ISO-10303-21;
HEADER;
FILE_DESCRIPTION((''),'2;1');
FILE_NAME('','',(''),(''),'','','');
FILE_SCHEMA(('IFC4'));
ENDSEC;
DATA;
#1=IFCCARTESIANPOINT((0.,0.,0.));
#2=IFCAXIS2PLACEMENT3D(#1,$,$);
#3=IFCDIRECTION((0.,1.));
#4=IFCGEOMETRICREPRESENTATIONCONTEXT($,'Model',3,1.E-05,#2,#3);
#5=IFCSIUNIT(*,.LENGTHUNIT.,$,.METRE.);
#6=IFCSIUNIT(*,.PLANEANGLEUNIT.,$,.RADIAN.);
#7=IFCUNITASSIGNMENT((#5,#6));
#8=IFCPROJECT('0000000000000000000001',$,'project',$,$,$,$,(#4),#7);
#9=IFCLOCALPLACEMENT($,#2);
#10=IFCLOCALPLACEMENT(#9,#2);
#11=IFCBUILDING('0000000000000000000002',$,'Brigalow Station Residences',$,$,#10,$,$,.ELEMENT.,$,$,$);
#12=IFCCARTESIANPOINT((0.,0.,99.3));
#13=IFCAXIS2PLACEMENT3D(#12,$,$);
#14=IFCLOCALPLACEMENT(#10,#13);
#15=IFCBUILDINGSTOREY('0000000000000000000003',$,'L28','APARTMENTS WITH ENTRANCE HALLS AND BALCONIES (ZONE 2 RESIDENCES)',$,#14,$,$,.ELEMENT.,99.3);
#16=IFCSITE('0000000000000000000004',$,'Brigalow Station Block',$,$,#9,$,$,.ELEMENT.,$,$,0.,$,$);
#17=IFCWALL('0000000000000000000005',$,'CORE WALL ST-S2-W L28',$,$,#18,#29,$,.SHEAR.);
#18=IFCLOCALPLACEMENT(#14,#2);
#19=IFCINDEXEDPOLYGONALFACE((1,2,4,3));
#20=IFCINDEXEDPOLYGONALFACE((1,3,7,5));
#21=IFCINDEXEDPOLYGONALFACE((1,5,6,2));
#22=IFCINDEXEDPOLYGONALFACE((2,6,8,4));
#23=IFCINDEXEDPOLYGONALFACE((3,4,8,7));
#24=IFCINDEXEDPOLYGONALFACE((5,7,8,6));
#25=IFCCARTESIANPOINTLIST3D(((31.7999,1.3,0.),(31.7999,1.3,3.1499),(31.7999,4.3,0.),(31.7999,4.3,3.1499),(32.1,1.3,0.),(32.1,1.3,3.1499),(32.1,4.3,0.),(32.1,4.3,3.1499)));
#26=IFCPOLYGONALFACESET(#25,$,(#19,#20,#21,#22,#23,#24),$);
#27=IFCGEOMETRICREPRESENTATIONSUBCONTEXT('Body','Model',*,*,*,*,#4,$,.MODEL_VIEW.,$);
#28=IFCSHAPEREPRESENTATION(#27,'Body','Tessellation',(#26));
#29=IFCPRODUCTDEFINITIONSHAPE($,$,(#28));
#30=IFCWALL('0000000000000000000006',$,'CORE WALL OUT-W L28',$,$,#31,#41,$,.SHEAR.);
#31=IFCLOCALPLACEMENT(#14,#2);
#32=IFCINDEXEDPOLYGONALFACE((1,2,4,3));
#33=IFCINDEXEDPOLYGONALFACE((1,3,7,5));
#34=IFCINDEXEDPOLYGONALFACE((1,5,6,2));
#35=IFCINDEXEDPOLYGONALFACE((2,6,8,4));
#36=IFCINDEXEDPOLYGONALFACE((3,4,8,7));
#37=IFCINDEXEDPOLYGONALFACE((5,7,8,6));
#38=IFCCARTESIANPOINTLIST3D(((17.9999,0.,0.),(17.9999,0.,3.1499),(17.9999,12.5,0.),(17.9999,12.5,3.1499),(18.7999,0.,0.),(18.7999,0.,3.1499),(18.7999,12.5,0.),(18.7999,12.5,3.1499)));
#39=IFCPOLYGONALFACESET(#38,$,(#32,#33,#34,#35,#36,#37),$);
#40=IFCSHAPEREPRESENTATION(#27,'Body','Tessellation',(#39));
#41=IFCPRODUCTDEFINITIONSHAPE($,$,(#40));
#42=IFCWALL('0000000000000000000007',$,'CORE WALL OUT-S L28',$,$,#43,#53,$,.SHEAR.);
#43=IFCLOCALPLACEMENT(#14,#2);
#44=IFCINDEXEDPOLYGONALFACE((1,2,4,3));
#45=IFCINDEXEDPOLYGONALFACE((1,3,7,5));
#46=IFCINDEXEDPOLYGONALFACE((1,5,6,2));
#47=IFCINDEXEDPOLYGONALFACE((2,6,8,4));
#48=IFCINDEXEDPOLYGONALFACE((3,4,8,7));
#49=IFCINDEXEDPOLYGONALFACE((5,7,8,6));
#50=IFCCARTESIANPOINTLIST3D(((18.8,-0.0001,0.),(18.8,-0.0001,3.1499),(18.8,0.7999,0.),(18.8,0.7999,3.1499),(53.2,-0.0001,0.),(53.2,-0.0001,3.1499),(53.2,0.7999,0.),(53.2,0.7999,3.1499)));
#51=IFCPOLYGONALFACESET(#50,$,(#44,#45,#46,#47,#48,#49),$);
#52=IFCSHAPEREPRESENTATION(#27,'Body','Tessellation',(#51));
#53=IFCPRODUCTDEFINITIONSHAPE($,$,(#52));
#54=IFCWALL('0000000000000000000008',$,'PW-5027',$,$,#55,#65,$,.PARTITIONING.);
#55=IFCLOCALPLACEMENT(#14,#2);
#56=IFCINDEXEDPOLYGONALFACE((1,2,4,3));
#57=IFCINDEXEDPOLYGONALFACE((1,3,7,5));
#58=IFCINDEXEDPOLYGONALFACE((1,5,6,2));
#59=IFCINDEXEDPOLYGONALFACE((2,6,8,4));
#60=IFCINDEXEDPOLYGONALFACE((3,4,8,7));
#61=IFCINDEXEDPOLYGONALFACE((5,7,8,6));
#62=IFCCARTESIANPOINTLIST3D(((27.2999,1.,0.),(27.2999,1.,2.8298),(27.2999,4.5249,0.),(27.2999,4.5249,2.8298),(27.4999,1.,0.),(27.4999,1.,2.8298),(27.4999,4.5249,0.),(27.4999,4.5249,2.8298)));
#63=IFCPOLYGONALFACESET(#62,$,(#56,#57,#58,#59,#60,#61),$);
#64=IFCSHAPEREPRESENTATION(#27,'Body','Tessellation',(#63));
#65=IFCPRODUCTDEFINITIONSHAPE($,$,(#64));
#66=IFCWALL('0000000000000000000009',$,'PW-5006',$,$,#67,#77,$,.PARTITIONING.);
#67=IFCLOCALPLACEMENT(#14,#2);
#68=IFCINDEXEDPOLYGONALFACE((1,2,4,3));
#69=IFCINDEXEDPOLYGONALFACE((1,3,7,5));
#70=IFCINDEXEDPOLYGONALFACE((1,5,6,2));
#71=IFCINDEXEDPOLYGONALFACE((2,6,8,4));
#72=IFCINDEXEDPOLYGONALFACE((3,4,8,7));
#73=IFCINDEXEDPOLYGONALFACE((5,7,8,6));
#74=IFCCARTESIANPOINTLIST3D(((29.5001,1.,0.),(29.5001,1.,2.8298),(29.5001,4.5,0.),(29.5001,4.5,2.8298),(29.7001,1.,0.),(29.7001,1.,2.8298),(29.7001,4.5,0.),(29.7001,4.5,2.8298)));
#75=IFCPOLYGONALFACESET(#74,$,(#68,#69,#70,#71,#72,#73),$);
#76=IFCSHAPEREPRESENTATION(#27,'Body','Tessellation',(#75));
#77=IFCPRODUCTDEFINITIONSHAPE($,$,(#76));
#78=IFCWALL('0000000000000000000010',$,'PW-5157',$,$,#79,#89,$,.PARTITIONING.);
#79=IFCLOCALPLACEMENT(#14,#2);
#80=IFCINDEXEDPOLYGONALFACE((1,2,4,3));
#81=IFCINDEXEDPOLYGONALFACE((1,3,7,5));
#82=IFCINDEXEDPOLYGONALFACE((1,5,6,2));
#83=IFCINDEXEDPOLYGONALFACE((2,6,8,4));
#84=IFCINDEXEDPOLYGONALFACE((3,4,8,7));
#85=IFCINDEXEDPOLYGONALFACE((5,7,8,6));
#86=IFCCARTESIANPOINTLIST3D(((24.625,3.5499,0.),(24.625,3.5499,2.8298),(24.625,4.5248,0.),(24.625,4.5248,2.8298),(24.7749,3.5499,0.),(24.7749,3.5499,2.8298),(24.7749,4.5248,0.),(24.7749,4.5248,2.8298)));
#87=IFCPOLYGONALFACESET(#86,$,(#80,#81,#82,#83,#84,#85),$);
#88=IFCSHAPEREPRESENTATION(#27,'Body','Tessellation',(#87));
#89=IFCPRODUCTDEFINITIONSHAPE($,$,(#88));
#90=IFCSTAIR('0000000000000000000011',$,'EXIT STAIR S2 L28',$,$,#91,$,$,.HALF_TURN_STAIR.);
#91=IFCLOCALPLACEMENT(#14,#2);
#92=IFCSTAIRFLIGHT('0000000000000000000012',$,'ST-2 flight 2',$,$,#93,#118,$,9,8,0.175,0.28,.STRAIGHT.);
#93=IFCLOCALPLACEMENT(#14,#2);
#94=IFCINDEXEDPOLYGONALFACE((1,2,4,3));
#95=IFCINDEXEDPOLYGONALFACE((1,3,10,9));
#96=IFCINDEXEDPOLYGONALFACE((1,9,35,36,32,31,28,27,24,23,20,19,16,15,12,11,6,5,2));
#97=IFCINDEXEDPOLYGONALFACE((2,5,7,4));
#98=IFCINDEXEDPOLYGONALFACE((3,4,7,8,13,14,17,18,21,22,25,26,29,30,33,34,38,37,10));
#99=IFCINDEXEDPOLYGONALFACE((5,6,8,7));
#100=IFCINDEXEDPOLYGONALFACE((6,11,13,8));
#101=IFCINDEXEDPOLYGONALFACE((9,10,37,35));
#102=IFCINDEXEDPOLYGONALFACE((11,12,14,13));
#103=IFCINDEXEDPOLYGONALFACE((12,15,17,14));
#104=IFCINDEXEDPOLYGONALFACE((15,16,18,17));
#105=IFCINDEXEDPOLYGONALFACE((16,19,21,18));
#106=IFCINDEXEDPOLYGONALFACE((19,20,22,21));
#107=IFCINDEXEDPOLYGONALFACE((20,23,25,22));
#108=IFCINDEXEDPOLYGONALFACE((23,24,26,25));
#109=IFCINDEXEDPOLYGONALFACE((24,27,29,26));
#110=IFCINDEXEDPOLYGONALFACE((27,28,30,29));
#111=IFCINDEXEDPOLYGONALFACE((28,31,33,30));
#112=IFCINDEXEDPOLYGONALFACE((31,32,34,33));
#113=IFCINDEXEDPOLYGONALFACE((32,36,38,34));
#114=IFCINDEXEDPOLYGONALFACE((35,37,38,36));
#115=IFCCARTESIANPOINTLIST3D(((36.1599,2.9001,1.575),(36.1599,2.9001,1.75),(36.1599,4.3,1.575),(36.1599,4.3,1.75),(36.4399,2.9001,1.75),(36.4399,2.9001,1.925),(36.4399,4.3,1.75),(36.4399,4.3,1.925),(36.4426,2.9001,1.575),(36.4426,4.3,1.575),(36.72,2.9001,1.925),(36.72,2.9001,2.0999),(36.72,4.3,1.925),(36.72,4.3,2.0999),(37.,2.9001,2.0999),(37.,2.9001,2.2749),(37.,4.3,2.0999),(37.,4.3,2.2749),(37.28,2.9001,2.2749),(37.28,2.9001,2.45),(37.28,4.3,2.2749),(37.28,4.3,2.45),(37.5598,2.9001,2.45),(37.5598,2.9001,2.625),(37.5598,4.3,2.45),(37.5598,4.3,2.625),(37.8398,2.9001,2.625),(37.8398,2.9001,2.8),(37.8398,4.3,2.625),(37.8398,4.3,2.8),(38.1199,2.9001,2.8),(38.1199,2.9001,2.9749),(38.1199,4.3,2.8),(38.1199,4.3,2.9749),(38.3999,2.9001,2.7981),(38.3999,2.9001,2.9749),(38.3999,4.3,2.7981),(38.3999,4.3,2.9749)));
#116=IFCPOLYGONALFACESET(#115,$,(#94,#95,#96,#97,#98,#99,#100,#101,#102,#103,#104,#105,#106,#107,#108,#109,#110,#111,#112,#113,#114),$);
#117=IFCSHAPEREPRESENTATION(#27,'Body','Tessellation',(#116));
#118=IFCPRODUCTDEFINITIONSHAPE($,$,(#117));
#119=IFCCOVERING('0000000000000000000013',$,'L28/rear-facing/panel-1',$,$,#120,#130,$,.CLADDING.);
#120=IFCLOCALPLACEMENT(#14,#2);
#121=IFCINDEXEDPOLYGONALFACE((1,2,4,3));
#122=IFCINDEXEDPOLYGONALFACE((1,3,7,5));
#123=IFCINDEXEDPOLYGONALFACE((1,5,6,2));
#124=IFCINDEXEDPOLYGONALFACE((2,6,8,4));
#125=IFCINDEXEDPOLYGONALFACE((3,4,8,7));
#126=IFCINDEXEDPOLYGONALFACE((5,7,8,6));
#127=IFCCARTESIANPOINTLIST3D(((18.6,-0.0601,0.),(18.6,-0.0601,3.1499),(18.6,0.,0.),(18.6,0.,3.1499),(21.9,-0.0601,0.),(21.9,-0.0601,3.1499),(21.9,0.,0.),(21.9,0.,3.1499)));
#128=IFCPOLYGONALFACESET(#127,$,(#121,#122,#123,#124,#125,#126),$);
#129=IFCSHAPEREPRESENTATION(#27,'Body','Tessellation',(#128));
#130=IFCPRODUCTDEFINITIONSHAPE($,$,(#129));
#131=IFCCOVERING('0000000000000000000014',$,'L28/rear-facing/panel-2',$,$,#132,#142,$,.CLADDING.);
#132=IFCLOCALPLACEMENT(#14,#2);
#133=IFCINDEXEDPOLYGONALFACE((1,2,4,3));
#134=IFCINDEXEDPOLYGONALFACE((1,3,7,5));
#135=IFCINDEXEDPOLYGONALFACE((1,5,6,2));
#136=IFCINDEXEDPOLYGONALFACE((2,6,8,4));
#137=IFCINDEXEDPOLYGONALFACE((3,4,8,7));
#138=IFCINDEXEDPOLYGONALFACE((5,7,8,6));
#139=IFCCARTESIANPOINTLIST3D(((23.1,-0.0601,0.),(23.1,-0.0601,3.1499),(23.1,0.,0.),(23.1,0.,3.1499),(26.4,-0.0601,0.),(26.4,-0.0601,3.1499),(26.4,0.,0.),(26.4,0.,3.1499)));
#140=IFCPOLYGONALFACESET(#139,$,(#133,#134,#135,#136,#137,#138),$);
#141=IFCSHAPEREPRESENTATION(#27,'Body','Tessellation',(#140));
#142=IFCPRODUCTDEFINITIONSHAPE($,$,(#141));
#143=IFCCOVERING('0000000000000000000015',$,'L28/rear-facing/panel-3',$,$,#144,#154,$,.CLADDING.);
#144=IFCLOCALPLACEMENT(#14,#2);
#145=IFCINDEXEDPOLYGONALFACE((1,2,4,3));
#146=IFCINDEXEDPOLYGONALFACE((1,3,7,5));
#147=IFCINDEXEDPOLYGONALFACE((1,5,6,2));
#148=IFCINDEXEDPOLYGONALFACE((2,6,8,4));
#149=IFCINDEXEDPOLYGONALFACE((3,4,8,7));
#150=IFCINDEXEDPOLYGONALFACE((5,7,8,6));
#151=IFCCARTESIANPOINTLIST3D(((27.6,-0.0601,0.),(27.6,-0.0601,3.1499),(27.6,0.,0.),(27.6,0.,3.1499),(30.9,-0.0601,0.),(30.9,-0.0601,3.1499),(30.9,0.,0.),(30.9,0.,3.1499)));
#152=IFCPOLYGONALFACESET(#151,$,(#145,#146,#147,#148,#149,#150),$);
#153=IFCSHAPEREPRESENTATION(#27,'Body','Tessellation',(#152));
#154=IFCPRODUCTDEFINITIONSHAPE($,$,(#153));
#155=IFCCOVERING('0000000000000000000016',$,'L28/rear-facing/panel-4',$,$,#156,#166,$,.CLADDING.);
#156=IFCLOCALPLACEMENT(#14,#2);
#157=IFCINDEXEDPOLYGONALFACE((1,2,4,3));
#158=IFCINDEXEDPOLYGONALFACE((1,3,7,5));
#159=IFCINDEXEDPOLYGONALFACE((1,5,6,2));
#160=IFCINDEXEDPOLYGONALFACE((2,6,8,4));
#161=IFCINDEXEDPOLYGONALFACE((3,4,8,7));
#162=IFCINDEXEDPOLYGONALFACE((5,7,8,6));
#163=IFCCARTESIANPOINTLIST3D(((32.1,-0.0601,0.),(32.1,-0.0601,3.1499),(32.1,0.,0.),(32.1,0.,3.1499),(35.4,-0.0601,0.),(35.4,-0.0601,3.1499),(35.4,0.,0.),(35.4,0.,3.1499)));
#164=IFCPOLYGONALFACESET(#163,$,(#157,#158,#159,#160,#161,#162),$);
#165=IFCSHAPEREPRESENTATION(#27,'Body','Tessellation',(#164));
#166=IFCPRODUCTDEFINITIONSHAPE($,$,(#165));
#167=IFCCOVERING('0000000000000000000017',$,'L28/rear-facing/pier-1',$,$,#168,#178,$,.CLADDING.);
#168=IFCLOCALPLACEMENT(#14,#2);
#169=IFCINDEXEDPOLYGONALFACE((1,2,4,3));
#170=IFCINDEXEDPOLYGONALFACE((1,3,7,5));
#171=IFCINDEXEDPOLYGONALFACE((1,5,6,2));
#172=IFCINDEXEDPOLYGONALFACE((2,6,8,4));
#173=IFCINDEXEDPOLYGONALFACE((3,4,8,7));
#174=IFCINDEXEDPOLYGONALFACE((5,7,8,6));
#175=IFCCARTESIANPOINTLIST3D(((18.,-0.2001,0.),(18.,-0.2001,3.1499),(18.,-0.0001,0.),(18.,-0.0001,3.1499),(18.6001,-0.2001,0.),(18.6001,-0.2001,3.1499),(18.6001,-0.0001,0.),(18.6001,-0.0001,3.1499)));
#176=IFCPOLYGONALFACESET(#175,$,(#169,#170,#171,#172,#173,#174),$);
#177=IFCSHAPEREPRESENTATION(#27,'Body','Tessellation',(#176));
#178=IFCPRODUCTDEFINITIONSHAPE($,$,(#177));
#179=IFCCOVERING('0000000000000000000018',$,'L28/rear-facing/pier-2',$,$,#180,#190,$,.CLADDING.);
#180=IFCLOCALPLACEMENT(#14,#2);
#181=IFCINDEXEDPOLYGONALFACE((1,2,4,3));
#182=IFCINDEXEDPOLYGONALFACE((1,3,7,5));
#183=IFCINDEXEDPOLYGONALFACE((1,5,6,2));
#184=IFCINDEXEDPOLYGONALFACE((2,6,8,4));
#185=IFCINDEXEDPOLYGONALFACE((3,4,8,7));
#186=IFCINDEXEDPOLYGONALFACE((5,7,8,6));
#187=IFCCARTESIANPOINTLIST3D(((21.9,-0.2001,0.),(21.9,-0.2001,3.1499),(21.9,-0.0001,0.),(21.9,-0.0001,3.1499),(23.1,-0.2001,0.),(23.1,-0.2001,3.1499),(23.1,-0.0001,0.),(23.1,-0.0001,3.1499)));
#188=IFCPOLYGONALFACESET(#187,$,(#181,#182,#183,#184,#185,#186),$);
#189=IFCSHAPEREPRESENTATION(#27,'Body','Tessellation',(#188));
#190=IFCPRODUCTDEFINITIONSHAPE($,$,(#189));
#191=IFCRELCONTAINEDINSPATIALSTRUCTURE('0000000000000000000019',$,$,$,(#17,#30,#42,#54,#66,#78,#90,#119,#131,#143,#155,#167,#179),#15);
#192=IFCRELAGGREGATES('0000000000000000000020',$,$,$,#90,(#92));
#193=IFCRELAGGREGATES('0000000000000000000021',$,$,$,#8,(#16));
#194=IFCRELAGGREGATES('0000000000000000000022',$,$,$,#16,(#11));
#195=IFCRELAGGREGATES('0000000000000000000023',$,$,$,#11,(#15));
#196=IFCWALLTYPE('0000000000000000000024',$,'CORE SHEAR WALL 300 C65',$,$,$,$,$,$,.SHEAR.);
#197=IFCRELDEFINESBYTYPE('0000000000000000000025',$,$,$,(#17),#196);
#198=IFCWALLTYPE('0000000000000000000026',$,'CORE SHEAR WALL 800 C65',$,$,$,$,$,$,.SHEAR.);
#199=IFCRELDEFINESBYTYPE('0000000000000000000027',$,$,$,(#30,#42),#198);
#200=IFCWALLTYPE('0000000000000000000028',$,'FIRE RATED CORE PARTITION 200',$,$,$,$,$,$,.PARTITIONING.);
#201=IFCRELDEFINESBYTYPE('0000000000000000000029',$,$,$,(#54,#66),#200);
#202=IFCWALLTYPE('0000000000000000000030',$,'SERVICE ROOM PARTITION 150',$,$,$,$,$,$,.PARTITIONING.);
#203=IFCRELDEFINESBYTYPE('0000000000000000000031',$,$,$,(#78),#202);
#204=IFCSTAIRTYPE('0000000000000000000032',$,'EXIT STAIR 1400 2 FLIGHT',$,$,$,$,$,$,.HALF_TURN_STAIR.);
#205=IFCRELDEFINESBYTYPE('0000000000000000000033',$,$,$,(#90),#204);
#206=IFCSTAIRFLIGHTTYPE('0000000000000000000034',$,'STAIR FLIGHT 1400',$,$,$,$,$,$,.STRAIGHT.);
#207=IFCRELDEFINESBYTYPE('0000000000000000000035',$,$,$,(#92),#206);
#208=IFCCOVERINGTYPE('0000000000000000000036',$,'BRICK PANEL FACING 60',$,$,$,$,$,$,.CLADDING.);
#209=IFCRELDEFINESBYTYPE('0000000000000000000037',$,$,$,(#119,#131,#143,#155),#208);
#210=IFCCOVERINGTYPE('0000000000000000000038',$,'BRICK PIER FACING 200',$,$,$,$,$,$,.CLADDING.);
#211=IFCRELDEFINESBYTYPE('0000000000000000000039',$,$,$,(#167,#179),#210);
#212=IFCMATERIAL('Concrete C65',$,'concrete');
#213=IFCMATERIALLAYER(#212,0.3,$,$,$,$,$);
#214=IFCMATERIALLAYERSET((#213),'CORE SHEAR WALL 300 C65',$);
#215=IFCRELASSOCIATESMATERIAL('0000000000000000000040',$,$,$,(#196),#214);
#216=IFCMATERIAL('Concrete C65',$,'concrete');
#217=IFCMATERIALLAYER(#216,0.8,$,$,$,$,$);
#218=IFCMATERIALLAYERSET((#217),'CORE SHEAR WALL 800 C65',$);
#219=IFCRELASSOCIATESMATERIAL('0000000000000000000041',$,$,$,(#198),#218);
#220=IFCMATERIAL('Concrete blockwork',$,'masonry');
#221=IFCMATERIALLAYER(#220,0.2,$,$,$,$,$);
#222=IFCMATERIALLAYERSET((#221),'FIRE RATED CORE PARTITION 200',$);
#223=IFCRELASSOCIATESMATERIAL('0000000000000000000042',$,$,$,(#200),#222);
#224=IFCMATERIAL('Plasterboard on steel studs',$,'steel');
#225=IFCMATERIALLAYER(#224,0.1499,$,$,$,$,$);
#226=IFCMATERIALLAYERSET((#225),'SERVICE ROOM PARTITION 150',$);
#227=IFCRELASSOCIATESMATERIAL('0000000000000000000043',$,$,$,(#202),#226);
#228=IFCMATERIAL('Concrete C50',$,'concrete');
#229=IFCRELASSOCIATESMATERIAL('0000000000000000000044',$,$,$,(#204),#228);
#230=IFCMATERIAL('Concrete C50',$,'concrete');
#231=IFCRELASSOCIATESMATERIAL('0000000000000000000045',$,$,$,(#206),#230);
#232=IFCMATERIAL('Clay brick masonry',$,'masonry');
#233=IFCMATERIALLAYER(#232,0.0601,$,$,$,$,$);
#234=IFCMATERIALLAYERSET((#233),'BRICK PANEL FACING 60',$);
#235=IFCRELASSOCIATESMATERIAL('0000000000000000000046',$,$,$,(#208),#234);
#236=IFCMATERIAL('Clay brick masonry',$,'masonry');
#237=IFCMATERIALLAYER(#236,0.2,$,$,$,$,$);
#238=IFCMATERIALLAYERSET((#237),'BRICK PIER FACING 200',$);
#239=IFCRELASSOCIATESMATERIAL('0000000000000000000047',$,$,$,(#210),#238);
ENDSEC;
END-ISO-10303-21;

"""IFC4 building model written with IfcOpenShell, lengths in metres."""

from ifc_helpers import new_model, si_unit, direction, frame, frame_2d, origin, origin_2d, place, context, subcontext, project, spatial, polyline, rectangle, outline, extrude, material, layer, layer_set, type_object, element, aggregate, save


model = new_model("IFC4")

# Units and contexts
model_context = context("Model", 3, precision=1e-05, world=origin(), true_north=direction((0.0, 1.0)))
body_context = subcontext(model_context, "Body", "Model", "MODEL_VIEW")
ifc_project = project(units=[si_unit("LENGTHUNIT", "METRE"), si_unit("PLANEANGLEUNIT", "RADIAN")], contexts=[model_context])

# Site, building, storey
site_placement = place(None, origin())
site = spatial("IfcSite", under=ifc_project, at=site_placement, Name="Brigalow Station Block", CompositionType="ELEMENT", RefElevation=0.0)
building_placement = place(site_placement, origin())
building = spatial("IfcBuilding", under=site, at=building_placement, Name="Brigalow Station Residences", CompositionType="ELEMENT")
storey_placement = place(building_placement, frame((0.0, 0.0, 99.3)))
storey = spatial("IfcBuildingStorey", under=building, at=storey_placement, Name="L28", Description="APARTMENTS WITH ENTRANCE HALLS AND BALCONIES (ZONE 2 RESIDENCES)", CompositionType="ELEMENT", Elevation=99.3)

# Shared definitions
ifc_material_1 = material(Name="Concrete C65", Category="concrete")
ifc_layer_1 = layer(ifc_material_1, 0.3)
ifc_layer_set_1 = layer_set([ifc_layer_1], Name="CORE SHEAR WALL 300 C65")
wall_type_1 = type_object("IfcWallType", Name="CORE SHEAR WALL 300 C65", PredefinedType="SHEAR", material=ifc_layer_set_1)

# Walls
wall_1_placement = place(storey_placement, frame((31.95, 1.3, 0.0), z_axis=(0.0, 0.0, 1.0), x_axis=(0.0, 1.0, 0.0)))
element("IfcWall", 1, at=wall_1_placement, inside=storey, type_object=wall_type_1, Name="CORE WALL ST-S2-W L28", PredefinedType="SHEAR", context=body_context, shape_type="SweptSolid", body=[
    extrude(rectangle(XDim=3.0, YDim=0.3, at=frame_2d((1.5, 0.0))), origin(), (0.0, 0.0, 1.0), 3.1499),
])
ifc_material_2 = material(Name="Concrete C65", Category="concrete")
ifc_layer_2 = layer(ifc_material_2, 0.8)
ifc_layer_set_2 = layer_set([ifc_layer_2], Name="CORE SHEAR WALL 800 C65")
wall_type_2 = type_object("IfcWallType", Name="CORE SHEAR WALL 800 C65", PredefinedType="SHEAR", material=ifc_layer_set_2)
wall_2_placement = place(storey_placement, frame((18.3999, 0.0, 0.0), z_axis=(0.0, 0.0, 1.0), x_axis=(0.0, 1.0, 0.0)))
element("IfcWall", 2, at=wall_2_placement, inside=storey, type_object=wall_type_2, Name="CORE WALL OUT-W L28", PredefinedType="SHEAR", context=body_context, shape_type="SweptSolid", body=[
    extrude(rectangle(XDim=12.5, YDim=0.8, at=frame_2d((6.25, 0.0))), origin(), (0.0, 0.0, 1.0), 3.1499),
])
wall_3_placement = place(storey_placement, frame((18.8, 0.3999, 0.0), z_axis=(0.0, 0.0, 1.0), x_axis=(1.0, 0.0, 0.0)))
element("IfcWall", 3, at=wall_3_placement, inside=storey, type_object=wall_type_2, Name="CORE WALL OUT-S L28", PredefinedType="SHEAR", context=body_context, shape_type="SweptSolid", body=[
    extrude(rectangle(XDim=34.3999, YDim=0.8, at=frame_2d((17.2, 0.0))), origin(), (0.0, 0.0, 1.0), 3.1499),
])
ifc_material_3 = material(Name="Concrete blockwork", Category="masonry")
ifc_layer_3 = layer(ifc_material_3, 0.2)
ifc_layer_set_3 = layer_set([ifc_layer_3], Name="FIRE RATED CORE PARTITION 200")
wall_type_3 = type_object("IfcWallType", Name="FIRE RATED CORE PARTITION 200", PredefinedType="PARTITIONING", material=ifc_layer_set_3)
wall_4_placement = place(storey_placement, frame((27.3999, 1.0, 0.0), z_axis=(0.0, 0.0, 1.0), x_axis=(0.0, 1.0, 0.0)))
element("IfcWall", 4, at=wall_4_placement, inside=storey, type_object=wall_type_3, Name="PW-5027", PredefinedType="PARTITIONING", context=body_context, shape_type="SweptSolid", body=[
    extrude(rectangle(XDim=3.5249, YDim=0.2, at=frame_2d((1.7625, 0.0))), origin(), (0.0, 0.0, 1.0), 2.8298),
])
wall_5_placement = place(storey_placement, frame((29.6001, 1.0, 0.0), z_axis=(0.0, 0.0, 1.0), x_axis=(0.0, 1.0, 0.0)))
element("IfcWall", 5, at=wall_5_placement, inside=storey, type_object=wall_type_3, Name="PW-5006", PredefinedType="PARTITIONING", context=body_context, shape_type="SweptSolid", body=[
    extrude(rectangle(XDim=3.5, YDim=0.2, at=frame_2d((1.75, 0.0))), origin(), (0.0, 0.0, 1.0), 2.8298),
])
ifc_material_4 = material(Name="Plasterboard on steel studs", Category="steel")
ifc_layer_4 = layer(ifc_material_4, 0.1499)
ifc_layer_set_4 = layer_set([ifc_layer_4], Name="SERVICE ROOM PARTITION 150")
wall_type_4 = type_object("IfcWallType", Name="SERVICE ROOM PARTITION 150", PredefinedType="PARTITIONING", material=ifc_layer_set_4)
wall_6_placement = place(storey_placement, frame((24.7, 3.55, 0.0), z_axis=(0.0, 0.0, 1.0), x_axis=(0.0, 1.0, 0.0)))
element("IfcWall", 6, at=wall_6_placement, inside=storey, type_object=wall_type_4, Name="PW-5157", PredefinedType="PARTITIONING", context=body_context, shape_type="SweptSolid", body=[
    extrude(rectangle(XDim=0.9749, YDim=0.1499, at=frame_2d((0.4873, 0.0))), origin(), (0.0, 0.0, 1.0), 2.8298),
])

# Stair, stair flight
ifc_material_5 = material(Name="Concrete C50", Category="concrete")
stair_type = type_object("IfcStairType", Name="EXIT STAIR 1400 2 FLIGHT", PredefinedType="HALF_TURN_STAIR", material=ifc_material_5)
stair_placement = place(storey_placement, origin())
stair = element("IfcStair", 7, at=stair_placement, inside=storey, type_object=stair_type, Name="EXIT STAIR S2 L28", PredefinedType="HALF_TURN_STAIR")
ifc_material_6 = material(Name="Concrete C50", Category="concrete")
stair_flight_type = type_object("IfcStairFlightType", Name="STAIR FLIGHT 1400", PredefinedType="STRAIGHT", material=ifc_material_6)
stair_flight_placement = place(storey_placement, frame((36.1599, 3.6001, 1.575), z_axis=(0.0, 0.0, 1.0), x_axis=(1.0, 0.0, 0.0)))
stair_flight = element("IfcStairFlight", 8, at=stair_flight_placement, type_object=stair_flight_type, Name="ST-2 flight 2", NumberOfRisers=9, NumberOfTreads=8, PredefinedType="STRAIGHT", RiserHeight=0.175, TreadLength=0.28, context=body_context, shape_type="SweptSolid", body=[
    extrude(outline(polyline([(0.0, 0.0), (0.0, 0.175), (0.28, 0.175), (0.28, 0.3501), (0.5601, 0.3501), (0.5601, 0.5249), (0.8401, 0.5249), (0.8401, 0.7), (1.1201, 0.7), (1.1201, 0.875), (1.3999, 0.875), (1.3999, 1.05), (1.6799, 1.05), (1.6799, 1.2251), (1.96, 1.2251), (1.96, 1.3999), (2.24, 1.3999), (2.24, 1.575), (2.24, 1.2231), (0.2827, 0.0), (0.0, 0.0)])), frame((0.0, 0.7, 0.0), z_axis=(0.0, -1.0, 0.0), x_axis=(1.0, 0.0, 0.0)), (0.0, 0.0, 1.0), 1.3999),
])
aggregate(stair, [stair_flight])

# Coverings
ifc_material_7 = material(Name="Clay brick masonry", Category="masonry")
ifc_layer_5 = layer(ifc_material_7, 0.0601)
ifc_layer_set_5 = layer_set([ifc_layer_5], Name="BRICK PANEL FACING 60")
covering_type_1 = type_object("IfcCoveringType", Name="BRICK PANEL FACING 60", PredefinedType="CLADDING", material=ifc_layer_set_5)
for number, where, z_axis, x_axis, name in (
    (9, (20.25, -0.03, 0.0), (0.0, 0.0, 1.0), (1.0, 0.0, 0.0), "L28/rear-facing/panel-1"),
    (10, (24.75, -0.03, 0.0), (0.0, 0.0, 1.0), (1.0, 0.0, 0.0), "L28/rear-facing/panel-2"),
    (11, (29.25, -0.03, 0.0), (0.0, 0.0, 1.0), (1.0, 0.0, 0.0), "L28/rear-facing/panel-3"),
    (12, (33.75, -0.03, 0.0), (0.0, 0.0, 1.0), (1.0, 0.0, 0.0), "L28/rear-facing/panel-4"),
):
    element("IfcCovering", number, at=place(storey_placement, frame(where, z_axis=z_axis, x_axis=x_axis)), inside=storey, type_object=covering_type_1, Name=name, PredefinedType="CLADDING", context=body_context, shape_type="SweptSolid", body=[
        extrude(rectangle(XDim=3.3, YDim=0.0601, at=origin_2d()), origin(), (0.0, 0.0, 1.0), 3.1499),
    ])
ifc_material_8 = material(Name="Clay brick masonry", Category="masonry")
ifc_layer_6 = layer(ifc_material_8, 0.2)
ifc_layer_set_6 = layer_set([ifc_layer_6], Name="BRICK PIER FACING 200")
covering_type_2 = type_object("IfcCoveringType", Name="BRICK PIER FACING 200", PredefinedType="CLADDING", material=ifc_layer_set_6)
covering_placement = place(storey_placement, frame((18.3, -0.1001, 0.0), z_axis=(0.0, 0.0, 1.0), x_axis=(1.0, 0.0, 0.0)))
element("IfcCovering", 13, at=covering_placement, inside=storey, type_object=covering_type_2, Name="L28/rear-facing/pier-1", PredefinedType="CLADDING", context=body_context, shape_type="SweptSolid", body=[
    extrude(rectangle(XDim=0.6001, YDim=0.2, at=origin_2d()), origin(), (0.0, 0.0, 1.0), 3.1499),
])
for number, where, z_axis, x_axis, name in (
    (14, (22.5, -0.1001, 0.0), (0.0, 0.0, 1.0), (1.0, 0.0, 0.0), "L28/rear-facing/pier-2"),
):
    element("IfcCovering", number, at=place(storey_placement, frame(where, z_axis=z_axis, x_axis=x_axis)), inside=storey, type_object=covering_type_2, Name=name, PredefinedType="CLADDING", context=body_context, shape_type="SweptSolid", body=[
        extrude(rectangle(XDim=1.2, YDim=0.2, at=origin_2d()), origin(), (0.0, 0.0, 1.0), 3.1499),
    ])

save(model, "model.ifc")
